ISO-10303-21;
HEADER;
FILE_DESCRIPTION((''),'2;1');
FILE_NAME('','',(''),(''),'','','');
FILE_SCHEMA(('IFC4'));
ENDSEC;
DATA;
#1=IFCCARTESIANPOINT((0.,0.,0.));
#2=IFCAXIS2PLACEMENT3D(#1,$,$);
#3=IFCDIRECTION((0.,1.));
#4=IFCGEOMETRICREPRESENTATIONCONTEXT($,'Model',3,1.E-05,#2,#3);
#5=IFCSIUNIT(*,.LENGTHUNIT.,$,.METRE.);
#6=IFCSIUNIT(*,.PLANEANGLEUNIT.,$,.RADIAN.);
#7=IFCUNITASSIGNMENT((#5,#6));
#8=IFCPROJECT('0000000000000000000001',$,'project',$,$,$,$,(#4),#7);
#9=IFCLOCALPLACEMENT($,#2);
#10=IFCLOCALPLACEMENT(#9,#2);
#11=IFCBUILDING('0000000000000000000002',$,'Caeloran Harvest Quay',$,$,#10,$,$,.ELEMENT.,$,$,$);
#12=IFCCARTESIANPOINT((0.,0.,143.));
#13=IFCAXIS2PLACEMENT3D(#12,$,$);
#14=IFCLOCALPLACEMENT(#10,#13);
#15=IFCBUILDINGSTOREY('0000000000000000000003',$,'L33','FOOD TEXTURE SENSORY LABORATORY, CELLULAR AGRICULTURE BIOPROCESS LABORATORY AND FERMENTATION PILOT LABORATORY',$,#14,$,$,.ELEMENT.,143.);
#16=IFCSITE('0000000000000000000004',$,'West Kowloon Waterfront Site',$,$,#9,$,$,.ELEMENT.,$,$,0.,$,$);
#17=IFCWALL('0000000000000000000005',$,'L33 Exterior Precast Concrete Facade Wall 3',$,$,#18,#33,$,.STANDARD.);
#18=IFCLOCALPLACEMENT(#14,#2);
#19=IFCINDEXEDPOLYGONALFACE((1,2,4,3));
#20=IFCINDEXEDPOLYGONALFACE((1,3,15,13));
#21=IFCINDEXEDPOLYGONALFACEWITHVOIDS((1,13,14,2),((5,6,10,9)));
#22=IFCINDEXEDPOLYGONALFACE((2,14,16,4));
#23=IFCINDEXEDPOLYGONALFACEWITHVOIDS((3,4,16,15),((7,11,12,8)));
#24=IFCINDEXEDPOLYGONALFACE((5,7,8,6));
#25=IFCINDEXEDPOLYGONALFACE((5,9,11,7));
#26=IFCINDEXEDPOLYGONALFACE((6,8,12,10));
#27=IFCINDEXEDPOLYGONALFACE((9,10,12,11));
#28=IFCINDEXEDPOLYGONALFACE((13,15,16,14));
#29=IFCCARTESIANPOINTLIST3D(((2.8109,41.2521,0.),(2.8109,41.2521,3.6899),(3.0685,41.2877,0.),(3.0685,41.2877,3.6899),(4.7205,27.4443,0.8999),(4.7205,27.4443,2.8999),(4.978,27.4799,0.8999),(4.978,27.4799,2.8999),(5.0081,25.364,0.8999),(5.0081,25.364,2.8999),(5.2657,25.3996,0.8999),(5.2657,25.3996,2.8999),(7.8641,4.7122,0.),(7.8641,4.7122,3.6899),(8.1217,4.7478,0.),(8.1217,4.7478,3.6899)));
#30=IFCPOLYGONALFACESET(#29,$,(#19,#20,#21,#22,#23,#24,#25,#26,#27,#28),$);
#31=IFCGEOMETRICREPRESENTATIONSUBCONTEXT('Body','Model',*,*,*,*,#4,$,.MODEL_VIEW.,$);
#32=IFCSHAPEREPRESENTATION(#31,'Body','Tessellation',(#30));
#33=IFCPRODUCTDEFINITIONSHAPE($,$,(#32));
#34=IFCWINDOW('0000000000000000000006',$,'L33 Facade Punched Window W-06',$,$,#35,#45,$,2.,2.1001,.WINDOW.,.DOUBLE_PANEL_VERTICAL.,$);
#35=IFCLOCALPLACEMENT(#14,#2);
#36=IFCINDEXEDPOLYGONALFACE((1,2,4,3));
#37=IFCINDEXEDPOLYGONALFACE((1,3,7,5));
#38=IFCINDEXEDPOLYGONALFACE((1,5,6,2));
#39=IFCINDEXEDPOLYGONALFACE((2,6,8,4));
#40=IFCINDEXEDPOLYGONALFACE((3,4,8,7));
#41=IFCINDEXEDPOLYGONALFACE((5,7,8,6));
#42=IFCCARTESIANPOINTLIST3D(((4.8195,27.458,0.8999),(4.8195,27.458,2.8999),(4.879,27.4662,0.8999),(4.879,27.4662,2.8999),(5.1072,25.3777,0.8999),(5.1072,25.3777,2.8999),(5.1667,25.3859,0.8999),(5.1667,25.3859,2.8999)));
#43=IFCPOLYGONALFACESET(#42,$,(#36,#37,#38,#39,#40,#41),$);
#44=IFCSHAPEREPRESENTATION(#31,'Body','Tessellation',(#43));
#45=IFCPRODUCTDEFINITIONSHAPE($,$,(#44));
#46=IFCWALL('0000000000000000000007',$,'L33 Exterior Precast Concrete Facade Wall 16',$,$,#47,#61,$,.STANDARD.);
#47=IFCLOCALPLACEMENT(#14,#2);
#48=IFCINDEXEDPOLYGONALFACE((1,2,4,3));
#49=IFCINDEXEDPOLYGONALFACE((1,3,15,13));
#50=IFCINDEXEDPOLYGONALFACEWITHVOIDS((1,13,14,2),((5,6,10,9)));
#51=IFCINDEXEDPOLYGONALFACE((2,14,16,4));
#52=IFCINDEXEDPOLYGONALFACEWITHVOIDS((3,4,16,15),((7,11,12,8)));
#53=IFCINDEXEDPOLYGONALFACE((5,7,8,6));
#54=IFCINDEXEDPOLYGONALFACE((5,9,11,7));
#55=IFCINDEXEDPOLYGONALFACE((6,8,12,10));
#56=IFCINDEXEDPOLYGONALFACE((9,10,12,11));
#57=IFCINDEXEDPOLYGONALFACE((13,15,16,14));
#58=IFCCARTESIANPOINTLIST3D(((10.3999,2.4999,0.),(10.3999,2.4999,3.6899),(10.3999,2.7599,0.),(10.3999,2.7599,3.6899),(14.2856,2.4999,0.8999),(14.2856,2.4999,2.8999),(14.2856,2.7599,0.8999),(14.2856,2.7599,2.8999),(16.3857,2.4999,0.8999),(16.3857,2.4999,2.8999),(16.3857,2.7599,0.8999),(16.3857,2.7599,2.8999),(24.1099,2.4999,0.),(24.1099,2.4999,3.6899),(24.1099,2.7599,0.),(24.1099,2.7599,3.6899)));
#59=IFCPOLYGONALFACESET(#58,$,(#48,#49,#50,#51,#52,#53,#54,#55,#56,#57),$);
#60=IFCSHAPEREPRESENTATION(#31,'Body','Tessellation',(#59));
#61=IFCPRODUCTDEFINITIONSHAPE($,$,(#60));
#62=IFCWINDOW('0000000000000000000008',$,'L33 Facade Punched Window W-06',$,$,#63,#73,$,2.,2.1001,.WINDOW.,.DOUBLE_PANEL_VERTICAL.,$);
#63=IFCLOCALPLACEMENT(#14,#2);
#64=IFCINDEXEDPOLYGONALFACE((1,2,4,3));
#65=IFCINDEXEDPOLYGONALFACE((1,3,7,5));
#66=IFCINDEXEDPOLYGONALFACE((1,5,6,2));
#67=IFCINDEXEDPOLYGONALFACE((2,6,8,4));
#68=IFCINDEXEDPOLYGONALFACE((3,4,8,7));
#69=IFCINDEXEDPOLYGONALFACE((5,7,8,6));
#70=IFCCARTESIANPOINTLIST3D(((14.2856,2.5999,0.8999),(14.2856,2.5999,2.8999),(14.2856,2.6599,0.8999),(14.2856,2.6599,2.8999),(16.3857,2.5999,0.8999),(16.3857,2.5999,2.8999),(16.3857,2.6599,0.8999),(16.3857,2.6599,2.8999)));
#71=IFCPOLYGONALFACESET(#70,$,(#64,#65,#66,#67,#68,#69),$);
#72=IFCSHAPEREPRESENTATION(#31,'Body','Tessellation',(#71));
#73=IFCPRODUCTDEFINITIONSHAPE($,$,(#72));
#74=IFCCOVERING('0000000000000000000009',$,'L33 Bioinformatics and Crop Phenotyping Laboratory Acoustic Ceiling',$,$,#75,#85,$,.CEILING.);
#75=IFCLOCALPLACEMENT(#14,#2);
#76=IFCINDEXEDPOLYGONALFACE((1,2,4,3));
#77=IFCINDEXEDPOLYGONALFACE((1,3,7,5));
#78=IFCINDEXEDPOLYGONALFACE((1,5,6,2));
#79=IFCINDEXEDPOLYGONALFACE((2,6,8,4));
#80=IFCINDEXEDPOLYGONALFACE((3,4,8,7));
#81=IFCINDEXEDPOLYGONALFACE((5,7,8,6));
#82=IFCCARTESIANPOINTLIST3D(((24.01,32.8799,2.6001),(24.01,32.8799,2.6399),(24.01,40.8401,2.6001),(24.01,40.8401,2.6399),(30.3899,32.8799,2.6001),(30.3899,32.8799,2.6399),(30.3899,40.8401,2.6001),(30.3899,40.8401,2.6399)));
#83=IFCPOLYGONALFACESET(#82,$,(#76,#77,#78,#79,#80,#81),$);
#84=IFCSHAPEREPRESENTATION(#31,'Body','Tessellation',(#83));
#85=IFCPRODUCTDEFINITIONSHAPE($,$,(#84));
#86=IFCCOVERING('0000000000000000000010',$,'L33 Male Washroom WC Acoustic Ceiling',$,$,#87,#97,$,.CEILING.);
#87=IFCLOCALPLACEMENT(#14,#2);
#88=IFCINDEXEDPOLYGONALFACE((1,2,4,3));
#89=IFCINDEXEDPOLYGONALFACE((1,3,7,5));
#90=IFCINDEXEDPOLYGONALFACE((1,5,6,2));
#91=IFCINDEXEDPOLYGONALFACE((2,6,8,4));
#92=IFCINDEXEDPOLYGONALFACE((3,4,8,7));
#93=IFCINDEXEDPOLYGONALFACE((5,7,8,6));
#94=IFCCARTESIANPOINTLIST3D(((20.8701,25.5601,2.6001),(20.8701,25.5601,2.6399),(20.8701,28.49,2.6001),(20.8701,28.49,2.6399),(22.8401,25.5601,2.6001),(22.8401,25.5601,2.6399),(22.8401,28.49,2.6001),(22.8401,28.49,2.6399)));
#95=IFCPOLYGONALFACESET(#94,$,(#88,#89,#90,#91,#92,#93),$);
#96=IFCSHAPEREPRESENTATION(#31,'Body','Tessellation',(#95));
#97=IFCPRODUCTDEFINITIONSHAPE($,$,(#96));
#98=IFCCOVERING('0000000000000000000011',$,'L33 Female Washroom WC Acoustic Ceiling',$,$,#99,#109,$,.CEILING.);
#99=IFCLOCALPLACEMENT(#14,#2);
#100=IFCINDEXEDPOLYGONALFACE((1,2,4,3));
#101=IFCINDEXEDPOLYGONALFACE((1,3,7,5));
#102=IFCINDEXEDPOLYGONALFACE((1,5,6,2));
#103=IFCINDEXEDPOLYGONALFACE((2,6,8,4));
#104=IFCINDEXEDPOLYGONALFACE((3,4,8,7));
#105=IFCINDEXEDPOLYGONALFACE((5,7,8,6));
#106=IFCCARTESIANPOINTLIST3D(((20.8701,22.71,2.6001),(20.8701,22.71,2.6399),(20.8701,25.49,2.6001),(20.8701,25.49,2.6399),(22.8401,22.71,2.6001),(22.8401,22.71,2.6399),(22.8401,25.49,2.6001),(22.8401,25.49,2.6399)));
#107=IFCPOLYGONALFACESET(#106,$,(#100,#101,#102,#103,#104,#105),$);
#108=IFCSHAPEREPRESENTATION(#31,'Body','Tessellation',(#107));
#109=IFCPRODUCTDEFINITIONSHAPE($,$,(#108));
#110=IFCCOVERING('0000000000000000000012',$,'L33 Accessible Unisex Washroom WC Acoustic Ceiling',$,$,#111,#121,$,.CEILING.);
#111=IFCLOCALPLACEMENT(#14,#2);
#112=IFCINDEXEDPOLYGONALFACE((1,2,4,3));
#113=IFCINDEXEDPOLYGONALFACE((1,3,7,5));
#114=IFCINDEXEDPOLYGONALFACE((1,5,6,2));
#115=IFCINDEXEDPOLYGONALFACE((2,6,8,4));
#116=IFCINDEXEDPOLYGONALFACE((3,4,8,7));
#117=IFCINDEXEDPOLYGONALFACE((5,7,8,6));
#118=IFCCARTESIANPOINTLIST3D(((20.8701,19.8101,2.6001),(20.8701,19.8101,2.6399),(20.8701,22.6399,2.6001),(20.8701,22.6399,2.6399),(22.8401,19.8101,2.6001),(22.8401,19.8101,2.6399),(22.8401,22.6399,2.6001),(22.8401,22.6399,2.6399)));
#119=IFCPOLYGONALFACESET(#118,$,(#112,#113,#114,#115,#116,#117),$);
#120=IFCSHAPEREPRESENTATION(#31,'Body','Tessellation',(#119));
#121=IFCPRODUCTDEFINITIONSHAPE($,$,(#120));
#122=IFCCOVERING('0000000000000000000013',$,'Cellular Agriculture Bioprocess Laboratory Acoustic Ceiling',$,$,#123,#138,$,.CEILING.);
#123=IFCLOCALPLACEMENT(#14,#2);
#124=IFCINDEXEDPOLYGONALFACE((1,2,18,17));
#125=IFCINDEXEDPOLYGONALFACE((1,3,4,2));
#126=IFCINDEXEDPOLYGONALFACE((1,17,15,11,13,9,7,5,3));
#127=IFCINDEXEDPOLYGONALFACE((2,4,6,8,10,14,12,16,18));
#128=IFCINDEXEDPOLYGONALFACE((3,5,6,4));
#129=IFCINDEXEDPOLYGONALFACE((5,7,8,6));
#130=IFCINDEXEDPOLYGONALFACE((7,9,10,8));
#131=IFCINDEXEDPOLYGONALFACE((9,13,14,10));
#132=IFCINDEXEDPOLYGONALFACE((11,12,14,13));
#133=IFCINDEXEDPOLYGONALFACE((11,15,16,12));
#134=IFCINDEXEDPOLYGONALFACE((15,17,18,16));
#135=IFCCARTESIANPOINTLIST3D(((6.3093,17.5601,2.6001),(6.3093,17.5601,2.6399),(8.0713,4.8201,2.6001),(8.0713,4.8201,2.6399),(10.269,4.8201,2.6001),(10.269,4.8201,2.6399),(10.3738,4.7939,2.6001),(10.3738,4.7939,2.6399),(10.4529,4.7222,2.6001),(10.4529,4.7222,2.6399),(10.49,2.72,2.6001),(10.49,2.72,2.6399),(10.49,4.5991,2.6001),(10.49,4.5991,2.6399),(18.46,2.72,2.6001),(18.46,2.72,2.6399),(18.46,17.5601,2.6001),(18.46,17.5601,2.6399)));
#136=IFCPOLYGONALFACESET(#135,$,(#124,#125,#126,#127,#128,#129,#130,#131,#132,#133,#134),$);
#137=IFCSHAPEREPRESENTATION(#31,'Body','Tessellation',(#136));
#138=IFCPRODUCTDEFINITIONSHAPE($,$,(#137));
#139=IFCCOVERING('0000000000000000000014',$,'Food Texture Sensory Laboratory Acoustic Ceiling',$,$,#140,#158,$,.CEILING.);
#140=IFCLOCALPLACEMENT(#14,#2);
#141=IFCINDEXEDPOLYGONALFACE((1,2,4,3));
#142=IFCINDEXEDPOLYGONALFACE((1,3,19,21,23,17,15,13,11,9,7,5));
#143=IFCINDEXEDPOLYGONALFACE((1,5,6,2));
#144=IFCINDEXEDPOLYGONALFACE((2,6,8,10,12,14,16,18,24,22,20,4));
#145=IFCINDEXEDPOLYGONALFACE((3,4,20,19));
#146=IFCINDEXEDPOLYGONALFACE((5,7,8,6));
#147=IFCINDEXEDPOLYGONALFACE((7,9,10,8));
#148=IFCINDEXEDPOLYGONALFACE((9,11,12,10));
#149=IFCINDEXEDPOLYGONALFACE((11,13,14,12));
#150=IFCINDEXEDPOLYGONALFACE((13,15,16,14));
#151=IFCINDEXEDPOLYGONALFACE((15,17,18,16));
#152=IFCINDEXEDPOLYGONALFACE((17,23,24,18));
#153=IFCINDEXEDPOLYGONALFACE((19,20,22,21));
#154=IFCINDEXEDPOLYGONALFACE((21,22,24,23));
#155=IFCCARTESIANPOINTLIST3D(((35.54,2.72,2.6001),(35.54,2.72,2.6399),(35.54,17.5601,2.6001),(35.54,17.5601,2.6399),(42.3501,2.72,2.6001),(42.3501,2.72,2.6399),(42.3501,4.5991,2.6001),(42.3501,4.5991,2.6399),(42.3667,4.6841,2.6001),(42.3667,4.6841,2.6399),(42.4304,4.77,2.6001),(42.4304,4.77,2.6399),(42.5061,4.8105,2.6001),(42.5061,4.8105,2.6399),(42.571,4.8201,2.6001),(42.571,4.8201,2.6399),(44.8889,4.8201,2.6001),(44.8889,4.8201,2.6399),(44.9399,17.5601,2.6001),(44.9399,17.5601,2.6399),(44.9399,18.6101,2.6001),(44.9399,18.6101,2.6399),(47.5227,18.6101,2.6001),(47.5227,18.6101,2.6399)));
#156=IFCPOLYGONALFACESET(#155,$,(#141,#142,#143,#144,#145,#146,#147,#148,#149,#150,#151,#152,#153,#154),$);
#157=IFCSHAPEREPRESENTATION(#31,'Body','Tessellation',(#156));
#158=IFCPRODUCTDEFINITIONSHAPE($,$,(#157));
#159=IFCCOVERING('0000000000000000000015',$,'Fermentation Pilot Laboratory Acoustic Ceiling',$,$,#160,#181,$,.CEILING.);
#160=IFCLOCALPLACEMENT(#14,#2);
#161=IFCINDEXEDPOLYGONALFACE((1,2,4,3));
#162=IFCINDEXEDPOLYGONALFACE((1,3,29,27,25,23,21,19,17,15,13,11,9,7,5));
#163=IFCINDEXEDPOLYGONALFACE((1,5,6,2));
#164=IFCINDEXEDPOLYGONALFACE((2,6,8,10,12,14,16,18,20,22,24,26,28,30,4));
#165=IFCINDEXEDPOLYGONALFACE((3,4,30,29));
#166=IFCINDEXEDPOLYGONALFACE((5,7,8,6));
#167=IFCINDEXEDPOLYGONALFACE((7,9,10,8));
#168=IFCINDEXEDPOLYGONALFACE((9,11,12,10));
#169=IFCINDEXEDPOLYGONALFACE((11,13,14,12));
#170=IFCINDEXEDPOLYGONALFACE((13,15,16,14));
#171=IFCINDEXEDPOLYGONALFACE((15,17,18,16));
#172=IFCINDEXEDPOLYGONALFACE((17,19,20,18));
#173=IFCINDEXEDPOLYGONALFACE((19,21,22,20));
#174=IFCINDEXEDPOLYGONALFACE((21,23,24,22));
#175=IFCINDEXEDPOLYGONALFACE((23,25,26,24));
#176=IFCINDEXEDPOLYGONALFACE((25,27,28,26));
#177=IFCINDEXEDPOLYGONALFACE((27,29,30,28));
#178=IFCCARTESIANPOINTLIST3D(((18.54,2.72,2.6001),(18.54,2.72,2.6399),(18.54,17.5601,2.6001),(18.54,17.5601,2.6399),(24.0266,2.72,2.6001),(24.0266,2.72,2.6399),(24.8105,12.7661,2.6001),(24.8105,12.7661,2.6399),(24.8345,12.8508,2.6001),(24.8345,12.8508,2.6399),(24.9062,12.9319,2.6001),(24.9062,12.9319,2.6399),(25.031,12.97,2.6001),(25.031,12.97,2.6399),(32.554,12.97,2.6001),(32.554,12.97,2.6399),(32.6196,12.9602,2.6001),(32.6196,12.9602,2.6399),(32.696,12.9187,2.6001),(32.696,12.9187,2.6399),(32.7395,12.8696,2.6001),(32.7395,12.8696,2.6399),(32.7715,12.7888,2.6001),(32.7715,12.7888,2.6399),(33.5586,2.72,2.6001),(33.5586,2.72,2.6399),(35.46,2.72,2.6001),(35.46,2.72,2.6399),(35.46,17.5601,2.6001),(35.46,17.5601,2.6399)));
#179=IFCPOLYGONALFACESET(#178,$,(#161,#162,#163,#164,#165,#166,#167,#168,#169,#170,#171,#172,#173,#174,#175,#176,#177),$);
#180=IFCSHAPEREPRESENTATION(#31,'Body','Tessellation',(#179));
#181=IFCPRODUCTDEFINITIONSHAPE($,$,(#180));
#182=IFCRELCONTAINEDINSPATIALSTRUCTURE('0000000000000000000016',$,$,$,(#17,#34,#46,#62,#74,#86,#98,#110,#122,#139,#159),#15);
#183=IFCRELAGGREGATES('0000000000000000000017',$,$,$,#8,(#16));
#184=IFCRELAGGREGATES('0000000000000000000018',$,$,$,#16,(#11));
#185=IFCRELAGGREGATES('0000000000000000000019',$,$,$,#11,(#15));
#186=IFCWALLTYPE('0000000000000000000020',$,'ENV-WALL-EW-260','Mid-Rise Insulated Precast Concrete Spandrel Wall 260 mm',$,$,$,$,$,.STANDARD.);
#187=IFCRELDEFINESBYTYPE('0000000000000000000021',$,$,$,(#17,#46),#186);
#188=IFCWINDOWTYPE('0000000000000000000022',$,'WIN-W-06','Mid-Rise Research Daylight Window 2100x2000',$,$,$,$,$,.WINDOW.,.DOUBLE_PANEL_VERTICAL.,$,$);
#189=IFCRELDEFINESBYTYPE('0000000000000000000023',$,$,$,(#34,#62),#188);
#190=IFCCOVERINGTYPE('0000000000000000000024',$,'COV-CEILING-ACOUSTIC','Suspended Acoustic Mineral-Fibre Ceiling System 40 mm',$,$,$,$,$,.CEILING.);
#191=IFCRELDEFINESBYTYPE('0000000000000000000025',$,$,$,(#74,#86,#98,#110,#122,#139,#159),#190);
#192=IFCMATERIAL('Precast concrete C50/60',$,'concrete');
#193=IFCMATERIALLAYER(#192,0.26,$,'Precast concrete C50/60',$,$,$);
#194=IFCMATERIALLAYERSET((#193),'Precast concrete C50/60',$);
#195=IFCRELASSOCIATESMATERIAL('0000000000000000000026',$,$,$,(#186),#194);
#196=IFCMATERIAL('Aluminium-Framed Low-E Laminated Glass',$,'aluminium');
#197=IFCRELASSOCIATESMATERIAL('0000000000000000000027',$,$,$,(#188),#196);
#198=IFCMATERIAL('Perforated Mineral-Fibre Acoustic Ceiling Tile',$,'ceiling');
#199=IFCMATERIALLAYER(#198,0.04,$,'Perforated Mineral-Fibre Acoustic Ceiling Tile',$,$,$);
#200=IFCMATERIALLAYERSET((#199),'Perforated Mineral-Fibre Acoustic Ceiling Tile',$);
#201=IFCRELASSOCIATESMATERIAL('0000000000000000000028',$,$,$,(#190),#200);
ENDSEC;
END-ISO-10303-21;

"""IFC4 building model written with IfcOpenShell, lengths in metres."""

from ifc_helpers import new_model, si_unit, direction, frame, frame_2d, origin, place, context, subcontext, project, spatial, polyline, rectangle, outline, extrude, material, layer, layer_set, type_object, element, fill, save


model = new_model("IFC4")

# Units and contexts
model_context = context("Model", 3, precision=1e-05, world=origin(), true_north=direction((0.0, 1.0)))
body_context = subcontext(model_context, "Body", "Model", "MODEL_VIEW")
ifc_project = project(units=[si_unit("LENGTHUNIT", "METRE"), si_unit("PLANEANGLEUNIT", "RADIAN")], contexts=[model_context])

# Site, building, storey
site_placement = place(None, origin())
site = spatial("IfcSite", under=ifc_project, at=site_placement, Name="West Kowloon Waterfront Site", CompositionType="ELEMENT", RefElevation=0.0)
building_placement = place(site_placement, origin())
building = spatial("IfcBuilding", under=site, at=building_placement, Name="Caeloran Harvest Quay", CompositionType="ELEMENT")
storey_placement = place(building_placement, frame((0.0, 0.0, 143.0)))
storey = spatial("IfcBuildingStorey", under=building, at=storey_placement, Name="L33", Description="FOOD TEXTURE SENSORY LABORATORY, CELLULAR AGRICULTURE BIOPROCESS LABORATORY AND FERMENTATION PILOT LABORATORY", CompositionType="ELEMENT", Elevation=143.0)

# Shared definitions
ifc_material_1 = material(Name="Precast concrete C50/60", Category="concrete")
ifc_layer_1 = layer(ifc_material_1, 0.26, Name="Precast concrete C50/60")
ifc_layer_set_1 = layer_set([ifc_layer_1], Name="Precast concrete C50/60")
wall_type = type_object("IfcWallType", Name="ENV-WALL-EW-260", Description="Mid-Rise Insulated Precast Concrete Spandrel Wall 260 mm", PredefinedType="STANDARD", material=ifc_layer_set_1)

# Walls, openings, windows
wall_1_placement = place(storey_placement, frame((7.9929, 4.73, 0.0), z_axis=(0.0, 0.0, 1.0), x_axis=(-0.136989, 0.990573, 0.0)))
wall_1 = element("IfcWall", 1, at=wall_1_placement, inside=storey, type_object=wall_type, Name="L33 Exterior Precast Concrete Facade Wall 3", PredefinedType="STANDARD", context=body_context, shape_type="SweptSolid", body=[
    extrude(rectangle(XDim=36.8877, YDim=0.26, at=frame_2d((18.4438, 0.0))), origin(), (0.0, 0.0, 1.0), 3.6899),
])
opening_1_placement = place(wall_1_placement, frame((20.8484, 0.0, 0.8999)))
opening_1 = element("IfcOpeningElement", 2, at=opening_1_placement, cuts=wall_1, PredefinedType="OPENING", context=body_context, shape_type="SweptSolid", body=[
    extrude(rectangle(XDim=2.1001, YDim=2.0, at=frame_2d((1.05, 1.0))), frame((0.0, 0.1401, 0.0), z_axis=(0.0, -1.0, 0.0), x_axis=(1.0, 0.0, 0.0)), (0.0, 0.0, 1.0), 0.28),
])
ifc_material_2 = material(Name="Aluminium-Framed Low-E Laminated Glass", Category="aluminium")
window_type = type_object("IfcWindowType", Name="WIN-W-06", Description="Mid-Rise Research Daylight Window 2100x2000", PartitioningType="DOUBLE_PANEL_VERTICAL", PredefinedType="WINDOW", material=ifc_material_2)
window_1_placement = place(opening_1_placement, origin())
window_1 = element("IfcWindow", 3, at=window_1_placement, inside=storey, type_object=window_type, Name="L33 Facade Punched Window W-06", OverallHeight=2.0, OverallWidth=2.1001, PartitioningType="DOUBLE_PANEL_VERTICAL", PredefinedType="WINDOW", context=body_context, shape_type="SweptSolid", body=[
    extrude(rectangle(XDim=2.1001, YDim=2.0, at=frame_2d((1.05, 1.0))), frame((0.0, 0.03, 0.0), z_axis=(0.0, -1.0, 0.0), x_axis=(1.0, 0.0, 0.0)), (0.0, 0.0, 1.0), 0.0601),
])
fill(opening_1, window_1)
wall_2_placement = place(storey_placement, frame((24.1099, 2.6299, 0.0), z_axis=(0.0, 0.0, 1.0), x_axis=(-1.0, 0.0, 0.0)))
wall_2 = element("IfcWall", 4, at=wall_2_placement, inside=storey, type_object=wall_type, Name="L33 Exterior Precast Concrete Facade Wall 16", PredefinedType="STANDARD", context=body_context, shape_type="SweptSolid", body=[
    extrude(rectangle(XDim=13.71, YDim=0.26, at=frame_2d((6.855, 0.0))), origin(), (0.0, 0.0, 1.0), 3.6899),
])
opening_2_placement = place(wall_2_placement, frame((7.7241, 0.0, 0.8999)))
opening_2 = element("IfcOpeningElement", 5, at=opening_2_placement, cuts=wall_2, PredefinedType="OPENING", context=body_context, shape_type="SweptSolid", body=[
    extrude(rectangle(XDim=2.1001, YDim=2.0, at=frame_2d((1.05, 1.0))), frame((0.0, 0.1401, 0.0), z_axis=(0.0, -1.0, 0.0), x_axis=(1.0, 0.0, 0.0)), (0.0, 0.0, 1.0), 0.28),
])
window_2_placement = place(opening_2_placement, origin())
window_2 = element("IfcWindow", 6, at=window_2_placement, inside=storey, type_object=window_type, Name="L33 Facade Punched Window W-06", OverallHeight=2.0, OverallWidth=2.1001, PartitioningType="DOUBLE_PANEL_VERTICAL", PredefinedType="WINDOW", context=body_context, shape_type="SweptSolid", body=[
    extrude(rectangle(XDim=2.1001, YDim=2.0, at=frame_2d((1.05, 1.0))), frame((0.0, 0.03, 0.0), z_axis=(0.0, -1.0, 0.0), x_axis=(1.0, 0.0, 0.0)), (0.0, 0.0, 1.0), 0.0601),
])
fill(opening_2, window_2)

# Coverings
ifc_material_3 = material(Name="Perforated Mineral-Fibre Acoustic Ceiling Tile", Category="ceiling")
ifc_layer_2 = layer(ifc_material_3, 0.04, Name="Perforated Mineral-Fibre Acoustic Ceiling Tile")
ifc_layer_set_2 = layer_set([ifc_layer_2], Name="Perforated Mineral-Fibre Acoustic Ceiling Tile")
covering_type_1 = type_object("IfcCoveringType", Name="COV-CEILING-ACOUSTIC", Description="Suspended Acoustic Mineral-Fibre Ceiling System 40 mm", PredefinedType="CEILING", material=ifc_layer_set_2)
covering_1_placement = place(storey_placement, frame((0.0, 0.0, 2.6001)))
element("IfcCovering", 7, at=covering_1_placement, inside=storey, type_object=covering_type_1, Name="L33 Bioinformatics and Crop Phenotyping Laboratory Acoustic Ceiling", PredefinedType="CEILING", context=body_context, shape_type="SweptSolid", body=[
    extrude(outline(polyline([(30.3899, 40.8401), (30.3899, 32.8799), (24.01, 32.8799), (24.01, 40.8401), (30.3899, 40.8401)])), origin(), (0.0, 0.0, 1.0), 0.0398),
])
covering_2_placement = place(storey_placement, frame((0.0, 0.0, 2.6001)))
element("IfcCovering", 8, at=covering_2_placement, inside=storey, type_object=covering_type_1, Name="L33 Male Washroom WC Acoustic Ceiling", PredefinedType="CEILING", context=body_context, shape_type="SweptSolid", body=[
    extrude(outline(polyline([(22.8401, 25.5601), (20.8701, 25.5601), (20.8701, 28.49), (22.8401, 28.49), (22.8401, 25.5601)])), origin(), (0.0, 0.0, 1.0), 0.0398),
])
covering_3_placement = place(storey_placement, frame((0.0, 0.0, 2.6001)))
element("IfcCovering", 9, at=covering_3_placement, inside=storey, type_object=covering_type_1, Name="L33 Female Washroom WC Acoustic Ceiling", PredefinedType="CEILING", context=body_context, shape_type="SweptSolid", body=[
    extrude(outline(polyline([(22.8401, 22.71), (20.8701, 22.71), (20.8701, 25.49), (22.8401, 25.49), (22.8401, 22.71)])), origin(), (0.0, 0.0, 1.0), 0.0398),
])
covering_4_placement = place(storey_placement, frame((0.0, 0.0, 2.6001)))
element("IfcCovering", 10, at=covering_4_placement, inside=storey, type_object=covering_type_1, Name="L33 Accessible Unisex Washroom WC Acoustic Ceiling", PredefinedType="CEILING", context=body_context, shape_type="SweptSolid", body=[
    extrude(outline(polyline([(22.8401, 19.8101), (20.8701, 19.8101), (20.8701, 22.6399), (22.8401, 22.6399), (22.8401, 19.8101)])), origin(), (0.0, 0.0, 1.0), 0.0398),
])
covering_5_placement = place(storey_placement, frame((0.0, 0.0, 2.6001)))
element("IfcCovering", 11, at=covering_5_placement, inside=storey, type_object=covering_type_1, Name="Cellular Agriculture Bioprocess Laboratory Acoustic Ceiling", PredefinedType="CEILING", context=body_context, shape_type="SweptSolid", body=[
    extrude(outline(polyline([(10.4529, 4.7222), (10.3738, 4.7939), (10.269, 4.8201), (8.0713, 4.8201), (6.3093, 17.5601), (18.46, 17.5601), (18.46, 2.72), (10.49, 2.72), (10.49, 4.5991), (10.4529, 4.7222)])), origin(), (0.0, 0.0, 1.0), 0.0398),
])
covering_6_placement = place(storey_placement, frame((0.0, 0.0, 2.6001)))
element("IfcCovering", 12, at=covering_6_placement, inside=storey, type_object=covering_type_1, Name="Food Texture Sensory Laboratory Acoustic Ceiling", PredefinedType="CEILING", context=body_context, shape_type="SweptSolid", body=[
    extrude(outline(polyline([(44.9399, 17.5601), (44.9399, 18.6101), (47.5227, 18.6101), (44.8889, 4.8201), (42.571, 4.8201), (42.5061, 4.8105), (42.4304, 4.77), (42.3667, 4.6841), (42.3501, 4.5991), (42.3501, 2.72), (35.54, 2.72), (35.54, 17.5601), (44.9399, 17.5601)])), origin(), (0.0, 0.0, 1.0), 0.0398),
])
covering_7_placement = place(storey_placement, frame((0.0, 0.0, 2.6001)))
element("IfcCovering", 13, at=covering_7_placement, inside=storey, type_object=covering_type_1, Name="Fermentation Pilot Laboratory Acoustic Ceiling", PredefinedType="CEILING", context=body_context, shape_type="SweptSolid", body=[
    extrude(outline(polyline([(32.7715, 12.7888), (32.7395, 12.8696), (32.696, 12.9187), (32.6196, 12.9602), (32.554, 12.97), (25.031, 12.97), (24.9062, 12.9319), (24.8345, 12.8508), (24.8105, 12.7661), (24.0266, 2.72), (18.54, 2.72), (18.54, 17.5601), (35.46, 17.5601), (35.46, 2.72), (33.5586, 2.72), (32.7715, 12.7888)])), origin(), (0.0, 0.0, 1.0), 0.0398),
])

save(model, "model.ifc")
